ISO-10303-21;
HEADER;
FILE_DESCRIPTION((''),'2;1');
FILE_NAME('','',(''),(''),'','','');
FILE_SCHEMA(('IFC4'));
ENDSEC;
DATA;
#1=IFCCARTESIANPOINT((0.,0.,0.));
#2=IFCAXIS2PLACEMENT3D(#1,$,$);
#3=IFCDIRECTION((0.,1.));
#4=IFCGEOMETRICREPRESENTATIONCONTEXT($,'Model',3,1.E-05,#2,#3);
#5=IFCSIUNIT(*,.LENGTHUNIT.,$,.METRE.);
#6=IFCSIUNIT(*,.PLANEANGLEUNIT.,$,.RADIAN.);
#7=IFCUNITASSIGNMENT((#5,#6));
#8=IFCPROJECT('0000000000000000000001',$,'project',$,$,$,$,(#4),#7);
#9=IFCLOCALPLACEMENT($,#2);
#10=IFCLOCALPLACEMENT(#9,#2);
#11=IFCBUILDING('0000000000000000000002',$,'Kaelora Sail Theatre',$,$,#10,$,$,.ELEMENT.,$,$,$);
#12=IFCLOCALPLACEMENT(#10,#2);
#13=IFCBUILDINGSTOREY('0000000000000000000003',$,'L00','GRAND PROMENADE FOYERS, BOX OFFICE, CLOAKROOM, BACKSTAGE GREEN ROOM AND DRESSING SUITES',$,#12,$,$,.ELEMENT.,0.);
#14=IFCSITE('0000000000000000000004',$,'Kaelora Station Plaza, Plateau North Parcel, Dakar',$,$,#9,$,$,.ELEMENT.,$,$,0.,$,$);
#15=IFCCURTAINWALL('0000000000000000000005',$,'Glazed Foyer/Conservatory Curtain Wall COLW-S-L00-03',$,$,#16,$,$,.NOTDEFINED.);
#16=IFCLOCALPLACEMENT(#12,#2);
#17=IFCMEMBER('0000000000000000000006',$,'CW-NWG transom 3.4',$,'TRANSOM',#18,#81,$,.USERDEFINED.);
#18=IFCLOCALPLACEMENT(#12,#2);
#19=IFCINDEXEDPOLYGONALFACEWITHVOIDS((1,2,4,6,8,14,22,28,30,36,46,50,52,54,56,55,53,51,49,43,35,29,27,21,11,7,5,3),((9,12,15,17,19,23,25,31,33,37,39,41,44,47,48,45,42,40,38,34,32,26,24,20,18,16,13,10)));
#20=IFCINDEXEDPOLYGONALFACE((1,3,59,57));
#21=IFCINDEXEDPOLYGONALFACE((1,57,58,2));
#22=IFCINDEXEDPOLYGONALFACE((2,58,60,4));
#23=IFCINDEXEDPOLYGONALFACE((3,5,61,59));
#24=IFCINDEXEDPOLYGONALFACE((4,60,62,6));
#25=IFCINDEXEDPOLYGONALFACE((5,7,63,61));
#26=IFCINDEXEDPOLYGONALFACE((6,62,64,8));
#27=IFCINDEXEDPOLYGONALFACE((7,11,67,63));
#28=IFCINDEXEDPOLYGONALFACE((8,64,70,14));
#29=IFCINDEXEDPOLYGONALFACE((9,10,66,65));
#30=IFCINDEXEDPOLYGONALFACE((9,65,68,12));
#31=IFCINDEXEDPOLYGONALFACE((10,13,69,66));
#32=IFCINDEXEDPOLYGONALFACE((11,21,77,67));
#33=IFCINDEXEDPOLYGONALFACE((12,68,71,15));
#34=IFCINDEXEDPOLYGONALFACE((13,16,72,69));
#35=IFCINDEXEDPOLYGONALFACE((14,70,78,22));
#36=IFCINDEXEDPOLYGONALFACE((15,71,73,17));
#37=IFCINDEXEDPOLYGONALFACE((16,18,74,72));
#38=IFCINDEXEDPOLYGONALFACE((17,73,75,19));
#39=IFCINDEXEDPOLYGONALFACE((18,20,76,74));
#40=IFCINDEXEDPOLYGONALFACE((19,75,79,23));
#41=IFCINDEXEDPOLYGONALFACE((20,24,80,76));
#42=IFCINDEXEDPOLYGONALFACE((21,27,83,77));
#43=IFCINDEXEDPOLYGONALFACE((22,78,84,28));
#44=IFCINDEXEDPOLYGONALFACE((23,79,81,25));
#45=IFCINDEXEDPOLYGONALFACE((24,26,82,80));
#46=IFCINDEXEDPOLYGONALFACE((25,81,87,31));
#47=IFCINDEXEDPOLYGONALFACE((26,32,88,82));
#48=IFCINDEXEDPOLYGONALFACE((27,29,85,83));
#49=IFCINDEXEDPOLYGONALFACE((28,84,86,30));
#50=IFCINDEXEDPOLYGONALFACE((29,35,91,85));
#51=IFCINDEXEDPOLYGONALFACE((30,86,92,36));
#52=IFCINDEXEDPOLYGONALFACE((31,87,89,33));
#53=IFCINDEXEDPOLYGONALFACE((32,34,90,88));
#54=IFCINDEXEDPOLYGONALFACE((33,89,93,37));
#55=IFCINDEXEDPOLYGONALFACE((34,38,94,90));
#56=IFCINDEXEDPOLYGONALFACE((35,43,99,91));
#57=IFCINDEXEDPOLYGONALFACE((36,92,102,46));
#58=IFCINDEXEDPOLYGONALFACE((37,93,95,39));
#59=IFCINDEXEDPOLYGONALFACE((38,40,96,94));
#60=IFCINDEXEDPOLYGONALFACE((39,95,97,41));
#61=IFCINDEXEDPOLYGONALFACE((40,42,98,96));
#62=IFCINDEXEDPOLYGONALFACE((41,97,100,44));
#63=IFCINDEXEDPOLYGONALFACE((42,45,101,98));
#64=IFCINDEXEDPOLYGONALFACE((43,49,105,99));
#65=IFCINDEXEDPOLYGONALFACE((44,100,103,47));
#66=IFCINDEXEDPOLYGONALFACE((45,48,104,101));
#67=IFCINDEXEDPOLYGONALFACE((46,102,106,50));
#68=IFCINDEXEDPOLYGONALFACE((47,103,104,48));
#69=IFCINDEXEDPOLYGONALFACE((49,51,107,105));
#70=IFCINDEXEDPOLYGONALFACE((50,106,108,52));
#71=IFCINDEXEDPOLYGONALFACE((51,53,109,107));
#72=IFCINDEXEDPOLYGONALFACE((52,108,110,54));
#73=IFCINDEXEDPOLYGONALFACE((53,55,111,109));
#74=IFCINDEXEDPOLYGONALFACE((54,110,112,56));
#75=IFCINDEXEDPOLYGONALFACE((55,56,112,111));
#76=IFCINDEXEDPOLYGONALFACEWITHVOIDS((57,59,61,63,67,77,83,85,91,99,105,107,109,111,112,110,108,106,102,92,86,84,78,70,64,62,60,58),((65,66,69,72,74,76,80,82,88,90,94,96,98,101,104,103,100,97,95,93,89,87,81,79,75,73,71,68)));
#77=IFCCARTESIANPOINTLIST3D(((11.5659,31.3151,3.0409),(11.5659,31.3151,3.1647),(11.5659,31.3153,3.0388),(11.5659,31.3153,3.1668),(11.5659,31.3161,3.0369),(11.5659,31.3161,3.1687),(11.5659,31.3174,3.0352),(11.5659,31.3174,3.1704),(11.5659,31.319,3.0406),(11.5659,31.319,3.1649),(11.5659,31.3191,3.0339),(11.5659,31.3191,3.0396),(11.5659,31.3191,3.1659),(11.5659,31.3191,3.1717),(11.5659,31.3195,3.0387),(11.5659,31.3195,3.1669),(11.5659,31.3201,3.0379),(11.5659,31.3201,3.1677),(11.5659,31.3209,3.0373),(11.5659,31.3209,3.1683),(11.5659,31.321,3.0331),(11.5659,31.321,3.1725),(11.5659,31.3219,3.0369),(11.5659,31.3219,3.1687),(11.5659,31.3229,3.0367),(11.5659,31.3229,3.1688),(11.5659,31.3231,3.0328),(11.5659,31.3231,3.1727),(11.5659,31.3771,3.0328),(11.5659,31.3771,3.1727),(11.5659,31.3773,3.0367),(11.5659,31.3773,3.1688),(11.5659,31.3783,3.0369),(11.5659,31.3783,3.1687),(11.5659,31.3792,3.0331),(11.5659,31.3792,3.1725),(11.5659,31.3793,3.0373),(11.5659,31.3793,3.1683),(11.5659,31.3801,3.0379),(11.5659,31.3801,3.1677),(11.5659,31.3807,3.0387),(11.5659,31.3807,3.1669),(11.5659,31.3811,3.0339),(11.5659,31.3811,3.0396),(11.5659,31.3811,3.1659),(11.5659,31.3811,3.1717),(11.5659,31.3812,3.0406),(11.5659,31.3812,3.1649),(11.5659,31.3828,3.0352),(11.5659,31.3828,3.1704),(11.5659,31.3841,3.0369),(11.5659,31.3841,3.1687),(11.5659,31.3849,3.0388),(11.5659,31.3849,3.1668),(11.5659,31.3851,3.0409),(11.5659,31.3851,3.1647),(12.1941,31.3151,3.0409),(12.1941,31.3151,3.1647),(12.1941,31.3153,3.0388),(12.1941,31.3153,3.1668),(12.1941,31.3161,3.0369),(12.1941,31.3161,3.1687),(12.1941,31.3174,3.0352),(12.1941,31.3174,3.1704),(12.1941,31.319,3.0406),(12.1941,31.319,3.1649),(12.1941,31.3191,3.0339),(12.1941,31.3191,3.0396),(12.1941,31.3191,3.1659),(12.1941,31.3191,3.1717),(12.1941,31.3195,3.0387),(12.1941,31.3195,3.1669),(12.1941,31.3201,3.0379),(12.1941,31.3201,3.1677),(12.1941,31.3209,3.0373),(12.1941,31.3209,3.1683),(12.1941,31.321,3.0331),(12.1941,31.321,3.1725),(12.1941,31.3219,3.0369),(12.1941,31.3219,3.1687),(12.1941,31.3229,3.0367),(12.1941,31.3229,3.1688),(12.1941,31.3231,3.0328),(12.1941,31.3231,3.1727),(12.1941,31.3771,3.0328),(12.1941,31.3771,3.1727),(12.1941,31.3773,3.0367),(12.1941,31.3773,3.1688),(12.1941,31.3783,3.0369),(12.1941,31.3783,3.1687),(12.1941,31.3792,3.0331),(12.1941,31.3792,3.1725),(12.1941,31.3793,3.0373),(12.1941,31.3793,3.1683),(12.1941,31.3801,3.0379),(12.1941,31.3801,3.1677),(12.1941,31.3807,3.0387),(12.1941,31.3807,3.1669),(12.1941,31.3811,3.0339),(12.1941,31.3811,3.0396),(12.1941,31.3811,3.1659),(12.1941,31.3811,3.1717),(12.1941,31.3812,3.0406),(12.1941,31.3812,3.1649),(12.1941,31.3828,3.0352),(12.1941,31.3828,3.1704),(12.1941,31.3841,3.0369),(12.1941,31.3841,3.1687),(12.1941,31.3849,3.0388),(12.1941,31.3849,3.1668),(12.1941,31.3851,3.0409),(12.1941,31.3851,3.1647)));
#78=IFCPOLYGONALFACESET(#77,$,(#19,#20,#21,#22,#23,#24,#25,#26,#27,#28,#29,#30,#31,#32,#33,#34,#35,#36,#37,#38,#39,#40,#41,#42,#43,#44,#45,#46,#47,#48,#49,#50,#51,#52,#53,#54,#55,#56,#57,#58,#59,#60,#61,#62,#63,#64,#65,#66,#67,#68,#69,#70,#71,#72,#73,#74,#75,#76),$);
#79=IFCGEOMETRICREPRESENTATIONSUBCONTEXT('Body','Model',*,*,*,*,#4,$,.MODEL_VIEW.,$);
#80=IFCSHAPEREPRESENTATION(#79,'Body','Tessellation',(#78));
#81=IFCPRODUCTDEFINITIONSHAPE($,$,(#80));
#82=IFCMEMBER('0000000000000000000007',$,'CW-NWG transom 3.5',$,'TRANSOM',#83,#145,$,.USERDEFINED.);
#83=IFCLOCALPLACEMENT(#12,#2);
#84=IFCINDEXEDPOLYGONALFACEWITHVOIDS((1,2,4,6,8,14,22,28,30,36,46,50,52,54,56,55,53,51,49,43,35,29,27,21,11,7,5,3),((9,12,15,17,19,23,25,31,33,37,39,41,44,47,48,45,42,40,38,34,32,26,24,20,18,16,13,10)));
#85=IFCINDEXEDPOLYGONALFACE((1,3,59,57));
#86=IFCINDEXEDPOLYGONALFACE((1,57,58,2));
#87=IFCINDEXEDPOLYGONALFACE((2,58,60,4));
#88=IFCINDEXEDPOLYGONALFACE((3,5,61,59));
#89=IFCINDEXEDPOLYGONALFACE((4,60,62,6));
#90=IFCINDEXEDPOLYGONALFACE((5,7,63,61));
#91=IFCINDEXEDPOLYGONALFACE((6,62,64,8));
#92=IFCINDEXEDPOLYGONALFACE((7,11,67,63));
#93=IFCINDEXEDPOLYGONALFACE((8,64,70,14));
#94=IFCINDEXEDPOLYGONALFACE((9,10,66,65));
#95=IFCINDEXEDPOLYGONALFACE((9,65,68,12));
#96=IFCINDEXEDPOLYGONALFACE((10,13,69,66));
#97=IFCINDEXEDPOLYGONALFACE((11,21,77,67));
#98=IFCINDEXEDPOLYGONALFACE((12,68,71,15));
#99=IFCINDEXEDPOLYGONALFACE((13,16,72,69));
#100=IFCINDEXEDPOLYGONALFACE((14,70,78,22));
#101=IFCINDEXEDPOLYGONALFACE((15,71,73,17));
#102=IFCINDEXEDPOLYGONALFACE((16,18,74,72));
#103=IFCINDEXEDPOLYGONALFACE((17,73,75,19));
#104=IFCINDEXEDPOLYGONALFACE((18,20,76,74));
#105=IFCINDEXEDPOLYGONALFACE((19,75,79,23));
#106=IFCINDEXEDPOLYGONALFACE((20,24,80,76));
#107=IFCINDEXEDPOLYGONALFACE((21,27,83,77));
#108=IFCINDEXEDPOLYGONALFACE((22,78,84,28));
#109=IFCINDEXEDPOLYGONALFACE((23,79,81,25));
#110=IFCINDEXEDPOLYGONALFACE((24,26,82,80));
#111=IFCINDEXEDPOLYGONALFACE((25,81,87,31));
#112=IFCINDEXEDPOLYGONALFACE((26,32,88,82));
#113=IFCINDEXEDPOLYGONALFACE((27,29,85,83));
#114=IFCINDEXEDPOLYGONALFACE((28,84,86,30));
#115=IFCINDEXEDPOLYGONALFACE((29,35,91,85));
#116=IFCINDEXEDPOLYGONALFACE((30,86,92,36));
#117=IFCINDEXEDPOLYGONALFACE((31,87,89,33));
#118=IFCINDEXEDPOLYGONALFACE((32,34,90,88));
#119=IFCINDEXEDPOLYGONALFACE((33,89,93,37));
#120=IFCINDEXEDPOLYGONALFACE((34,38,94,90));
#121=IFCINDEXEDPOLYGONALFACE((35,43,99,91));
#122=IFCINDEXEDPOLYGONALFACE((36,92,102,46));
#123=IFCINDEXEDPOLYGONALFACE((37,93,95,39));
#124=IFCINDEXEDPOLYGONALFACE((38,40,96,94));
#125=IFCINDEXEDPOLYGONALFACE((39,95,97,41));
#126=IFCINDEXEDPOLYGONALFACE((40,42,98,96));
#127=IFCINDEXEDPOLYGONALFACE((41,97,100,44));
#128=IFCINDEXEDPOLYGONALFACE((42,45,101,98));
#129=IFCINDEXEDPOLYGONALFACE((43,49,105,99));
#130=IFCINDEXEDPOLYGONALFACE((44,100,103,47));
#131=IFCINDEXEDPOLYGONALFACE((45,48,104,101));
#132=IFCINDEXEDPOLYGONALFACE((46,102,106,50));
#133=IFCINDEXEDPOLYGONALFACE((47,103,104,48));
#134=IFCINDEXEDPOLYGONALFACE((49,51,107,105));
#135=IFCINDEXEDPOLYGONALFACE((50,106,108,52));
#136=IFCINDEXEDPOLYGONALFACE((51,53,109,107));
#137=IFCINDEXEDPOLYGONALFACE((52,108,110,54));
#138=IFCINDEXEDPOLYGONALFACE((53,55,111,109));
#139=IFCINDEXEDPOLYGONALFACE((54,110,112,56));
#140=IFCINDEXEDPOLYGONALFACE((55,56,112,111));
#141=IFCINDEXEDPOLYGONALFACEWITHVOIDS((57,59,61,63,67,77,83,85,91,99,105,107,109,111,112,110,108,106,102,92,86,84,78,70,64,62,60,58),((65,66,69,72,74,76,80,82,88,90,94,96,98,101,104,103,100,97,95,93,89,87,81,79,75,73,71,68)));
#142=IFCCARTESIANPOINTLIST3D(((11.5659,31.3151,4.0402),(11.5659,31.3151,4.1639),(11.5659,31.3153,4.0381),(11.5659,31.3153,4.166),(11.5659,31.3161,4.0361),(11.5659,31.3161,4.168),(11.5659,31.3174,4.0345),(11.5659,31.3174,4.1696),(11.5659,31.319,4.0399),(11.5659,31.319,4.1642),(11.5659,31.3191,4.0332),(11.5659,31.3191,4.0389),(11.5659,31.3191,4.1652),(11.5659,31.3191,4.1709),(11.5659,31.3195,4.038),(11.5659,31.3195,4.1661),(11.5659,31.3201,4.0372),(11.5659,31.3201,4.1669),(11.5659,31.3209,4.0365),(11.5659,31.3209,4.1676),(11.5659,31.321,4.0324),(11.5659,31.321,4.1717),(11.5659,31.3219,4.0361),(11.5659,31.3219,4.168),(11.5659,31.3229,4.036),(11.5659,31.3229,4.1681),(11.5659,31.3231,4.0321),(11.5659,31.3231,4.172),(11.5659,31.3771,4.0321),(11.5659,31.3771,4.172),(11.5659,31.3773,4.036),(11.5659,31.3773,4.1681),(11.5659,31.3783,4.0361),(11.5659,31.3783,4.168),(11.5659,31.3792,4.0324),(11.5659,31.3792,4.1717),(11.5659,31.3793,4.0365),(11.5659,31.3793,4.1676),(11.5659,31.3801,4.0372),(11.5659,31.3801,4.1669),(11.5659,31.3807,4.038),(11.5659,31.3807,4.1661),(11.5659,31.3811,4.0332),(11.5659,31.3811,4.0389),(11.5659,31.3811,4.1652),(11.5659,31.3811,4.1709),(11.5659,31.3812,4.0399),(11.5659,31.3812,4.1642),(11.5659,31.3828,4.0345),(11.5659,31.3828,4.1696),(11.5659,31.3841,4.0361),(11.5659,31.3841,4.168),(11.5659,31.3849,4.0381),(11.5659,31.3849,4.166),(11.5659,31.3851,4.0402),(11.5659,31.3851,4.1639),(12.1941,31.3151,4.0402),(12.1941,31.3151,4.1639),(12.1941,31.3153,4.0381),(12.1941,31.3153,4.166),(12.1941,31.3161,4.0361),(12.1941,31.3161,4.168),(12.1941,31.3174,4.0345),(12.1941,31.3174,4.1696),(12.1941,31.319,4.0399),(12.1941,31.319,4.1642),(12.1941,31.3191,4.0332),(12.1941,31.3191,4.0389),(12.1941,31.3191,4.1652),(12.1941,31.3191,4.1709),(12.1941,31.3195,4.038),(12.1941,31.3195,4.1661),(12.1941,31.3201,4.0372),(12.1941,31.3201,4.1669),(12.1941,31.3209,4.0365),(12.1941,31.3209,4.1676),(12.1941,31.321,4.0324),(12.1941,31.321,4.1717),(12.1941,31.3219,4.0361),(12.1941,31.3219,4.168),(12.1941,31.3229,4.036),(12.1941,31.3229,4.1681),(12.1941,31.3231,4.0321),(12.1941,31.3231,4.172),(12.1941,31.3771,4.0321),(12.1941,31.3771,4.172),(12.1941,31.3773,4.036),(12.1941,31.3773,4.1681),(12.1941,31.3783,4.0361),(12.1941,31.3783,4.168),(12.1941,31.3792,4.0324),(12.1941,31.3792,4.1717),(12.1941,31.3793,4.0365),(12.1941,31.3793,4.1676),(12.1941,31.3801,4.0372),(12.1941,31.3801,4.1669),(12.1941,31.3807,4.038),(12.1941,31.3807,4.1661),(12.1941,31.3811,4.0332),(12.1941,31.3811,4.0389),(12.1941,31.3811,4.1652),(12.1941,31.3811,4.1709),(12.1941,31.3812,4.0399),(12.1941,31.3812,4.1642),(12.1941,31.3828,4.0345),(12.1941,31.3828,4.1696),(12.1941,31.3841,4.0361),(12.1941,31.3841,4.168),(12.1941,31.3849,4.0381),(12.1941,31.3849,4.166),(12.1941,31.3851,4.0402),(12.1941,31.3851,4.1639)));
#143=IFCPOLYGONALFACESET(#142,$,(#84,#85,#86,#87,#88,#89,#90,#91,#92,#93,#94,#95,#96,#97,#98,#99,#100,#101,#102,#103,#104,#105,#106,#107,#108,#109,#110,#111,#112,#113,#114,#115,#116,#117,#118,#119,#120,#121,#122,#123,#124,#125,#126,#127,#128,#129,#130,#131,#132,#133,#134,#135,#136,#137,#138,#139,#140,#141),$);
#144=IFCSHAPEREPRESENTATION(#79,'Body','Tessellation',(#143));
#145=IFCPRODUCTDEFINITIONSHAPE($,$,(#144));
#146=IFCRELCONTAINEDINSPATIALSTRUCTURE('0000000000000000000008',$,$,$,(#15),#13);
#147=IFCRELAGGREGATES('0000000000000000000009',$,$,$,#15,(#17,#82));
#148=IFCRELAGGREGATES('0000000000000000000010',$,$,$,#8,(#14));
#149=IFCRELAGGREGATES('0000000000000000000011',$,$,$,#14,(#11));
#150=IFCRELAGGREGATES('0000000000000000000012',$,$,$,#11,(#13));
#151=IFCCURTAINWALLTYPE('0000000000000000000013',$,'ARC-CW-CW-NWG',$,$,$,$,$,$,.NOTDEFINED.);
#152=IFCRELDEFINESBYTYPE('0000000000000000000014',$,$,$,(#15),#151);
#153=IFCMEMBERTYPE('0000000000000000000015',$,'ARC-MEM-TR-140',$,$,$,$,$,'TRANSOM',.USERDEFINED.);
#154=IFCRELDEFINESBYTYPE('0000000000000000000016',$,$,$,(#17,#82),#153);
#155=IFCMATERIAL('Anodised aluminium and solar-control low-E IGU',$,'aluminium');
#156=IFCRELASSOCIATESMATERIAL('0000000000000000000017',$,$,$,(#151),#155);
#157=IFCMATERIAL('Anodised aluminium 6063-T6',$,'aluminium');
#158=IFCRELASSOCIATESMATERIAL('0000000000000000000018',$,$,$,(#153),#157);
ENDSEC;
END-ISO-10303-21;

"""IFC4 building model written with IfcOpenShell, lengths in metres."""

from ifc_helpers import new_model, si_unit, direction, frame, origin, origin_2d, place, context, subcontext, project, spatial, hollow_rectangle, extrude, material, material_profile, profile_set, type_object, element, aggregate, save


model = new_model("IFC4")

# Units and contexts
model_context = context("Model", 3, precision=1e-05, world=origin(), true_north=direction((0.0, 1.0)))
body_context = subcontext(model_context, "Body", "Model", "MODEL_VIEW")
ifc_project = project(units=[si_unit("LENGTHUNIT", "METRE"), si_unit("PLANEANGLEUNIT", "RADIAN")], contexts=[model_context])

# Site, building, storey
site_placement = place(None, origin())
site = spatial("IfcSite", under=ifc_project, at=site_placement, Name="Kaelora Station Plaza, Plateau North Parcel, Dakar", CompositionType="ELEMENT", RefElevation=0.0)
building_placement = place(site_placement, origin())
building = spatial("IfcBuilding", under=site, at=building_placement, Name="Kaelora Sail Theatre", CompositionType="ELEMENT")
storey_placement = place(building_placement, origin())
storey = spatial("IfcBuildingStorey", under=building, at=storey_placement, Name="L00", Description="GRAND PROMENADE FOYERS, BOX OFFICE, CLOAKROOM, BACKSTAGE GREEN ROOM AND DRESSING SUITES", CompositionType="ELEMENT", Elevation=0.0)

# Curtain wall, members
ifc_material_1 = material(Name="Anodised aluminium and solar-control low-E IGU", Category="aluminium")
curtain_wall_type = type_object("IfcCurtainWallType", Name="ARC-CW-CW-NWG", PredefinedType="NOTDEFINED", material=ifc_material_1)
curtain_wall_1_placement = place(storey_placement, origin())
curtain_wall_1 = element("IfcCurtainWall", 1, at=curtain_wall_1_placement, inside=storey, type_object=curtain_wall_type, Name="Glazed Foyer/Conservatory Curtain Wall COLW-S-L00-03", PredefinedType="NOTDEFINED")
ifc_material_2 = material(Name="Anodised aluminium 6063-T6", Category="aluminium")
ifc_material_profile = material_profile(ifc_material_2, hollow_rectangle(XDim=0.0701, YDim=0.1399, WallThickness=0.0039, InnerFilletRadius=0.0039, OuterFilletRadius=0.0081, at=origin_2d()), Name="ALU-TRAN 70x140x4")
ifc_profile_set = profile_set([ifc_material_profile], Name="Anodised aluminium 6063-T6")
member_type = type_object("IfcMemberType", Name="ARC-MEM-TR-140", ElementType="TRANSOM", PredefinedType="USERDEFINED", material=ifc_profile_set)
member_1_placement = place(storey_placement, frame((11.5659, 31.3501, 3.1028), z_axis=(1.0, 0.0, 0.0), x_axis=(0.0, 1.0, 0.0)))
member_1 = element("IfcMember", 2, at=member_1_placement, type_object=member_type, Name="CW-NWG transom 3.4", ObjectType="TRANSOM", PredefinedType="USERDEFINED", context=body_context, shape_type="SweptSolid", body=[
    extrude(hollow_rectangle(XDim=0.0701, YDim=0.1399, WallThickness=0.0039, InnerFilletRadius=0.0039, OuterFilletRadius=0.0081, at=origin_2d()), origin(), (0.0, 0.0, 1.0), 0.6282),
])
member_2_placement = place(storey_placement, frame((11.5659, 31.3501, 4.1021), z_axis=(1.0, 0.0, 0.0), x_axis=(0.0, 1.0, 0.0)))
member_2 = element("IfcMember", 3, at=member_2_placement, type_object=member_type, Name="CW-NWG transom 3.5", ObjectType="TRANSOM", PredefinedType="USERDEFINED", context=body_context, shape_type="SweptSolid", body=[
    extrude(hollow_rectangle(XDim=0.0701, YDim=0.1399, WallThickness=0.0039, InnerFilletRadius=0.0039, OuterFilletRadius=0.0081, at=origin_2d()), origin(), (0.0, 0.0, 1.0), 0.6282),
])

aggregate(curtain_wall_1, [member_1, member_2])

save(model, "model.ifc")
